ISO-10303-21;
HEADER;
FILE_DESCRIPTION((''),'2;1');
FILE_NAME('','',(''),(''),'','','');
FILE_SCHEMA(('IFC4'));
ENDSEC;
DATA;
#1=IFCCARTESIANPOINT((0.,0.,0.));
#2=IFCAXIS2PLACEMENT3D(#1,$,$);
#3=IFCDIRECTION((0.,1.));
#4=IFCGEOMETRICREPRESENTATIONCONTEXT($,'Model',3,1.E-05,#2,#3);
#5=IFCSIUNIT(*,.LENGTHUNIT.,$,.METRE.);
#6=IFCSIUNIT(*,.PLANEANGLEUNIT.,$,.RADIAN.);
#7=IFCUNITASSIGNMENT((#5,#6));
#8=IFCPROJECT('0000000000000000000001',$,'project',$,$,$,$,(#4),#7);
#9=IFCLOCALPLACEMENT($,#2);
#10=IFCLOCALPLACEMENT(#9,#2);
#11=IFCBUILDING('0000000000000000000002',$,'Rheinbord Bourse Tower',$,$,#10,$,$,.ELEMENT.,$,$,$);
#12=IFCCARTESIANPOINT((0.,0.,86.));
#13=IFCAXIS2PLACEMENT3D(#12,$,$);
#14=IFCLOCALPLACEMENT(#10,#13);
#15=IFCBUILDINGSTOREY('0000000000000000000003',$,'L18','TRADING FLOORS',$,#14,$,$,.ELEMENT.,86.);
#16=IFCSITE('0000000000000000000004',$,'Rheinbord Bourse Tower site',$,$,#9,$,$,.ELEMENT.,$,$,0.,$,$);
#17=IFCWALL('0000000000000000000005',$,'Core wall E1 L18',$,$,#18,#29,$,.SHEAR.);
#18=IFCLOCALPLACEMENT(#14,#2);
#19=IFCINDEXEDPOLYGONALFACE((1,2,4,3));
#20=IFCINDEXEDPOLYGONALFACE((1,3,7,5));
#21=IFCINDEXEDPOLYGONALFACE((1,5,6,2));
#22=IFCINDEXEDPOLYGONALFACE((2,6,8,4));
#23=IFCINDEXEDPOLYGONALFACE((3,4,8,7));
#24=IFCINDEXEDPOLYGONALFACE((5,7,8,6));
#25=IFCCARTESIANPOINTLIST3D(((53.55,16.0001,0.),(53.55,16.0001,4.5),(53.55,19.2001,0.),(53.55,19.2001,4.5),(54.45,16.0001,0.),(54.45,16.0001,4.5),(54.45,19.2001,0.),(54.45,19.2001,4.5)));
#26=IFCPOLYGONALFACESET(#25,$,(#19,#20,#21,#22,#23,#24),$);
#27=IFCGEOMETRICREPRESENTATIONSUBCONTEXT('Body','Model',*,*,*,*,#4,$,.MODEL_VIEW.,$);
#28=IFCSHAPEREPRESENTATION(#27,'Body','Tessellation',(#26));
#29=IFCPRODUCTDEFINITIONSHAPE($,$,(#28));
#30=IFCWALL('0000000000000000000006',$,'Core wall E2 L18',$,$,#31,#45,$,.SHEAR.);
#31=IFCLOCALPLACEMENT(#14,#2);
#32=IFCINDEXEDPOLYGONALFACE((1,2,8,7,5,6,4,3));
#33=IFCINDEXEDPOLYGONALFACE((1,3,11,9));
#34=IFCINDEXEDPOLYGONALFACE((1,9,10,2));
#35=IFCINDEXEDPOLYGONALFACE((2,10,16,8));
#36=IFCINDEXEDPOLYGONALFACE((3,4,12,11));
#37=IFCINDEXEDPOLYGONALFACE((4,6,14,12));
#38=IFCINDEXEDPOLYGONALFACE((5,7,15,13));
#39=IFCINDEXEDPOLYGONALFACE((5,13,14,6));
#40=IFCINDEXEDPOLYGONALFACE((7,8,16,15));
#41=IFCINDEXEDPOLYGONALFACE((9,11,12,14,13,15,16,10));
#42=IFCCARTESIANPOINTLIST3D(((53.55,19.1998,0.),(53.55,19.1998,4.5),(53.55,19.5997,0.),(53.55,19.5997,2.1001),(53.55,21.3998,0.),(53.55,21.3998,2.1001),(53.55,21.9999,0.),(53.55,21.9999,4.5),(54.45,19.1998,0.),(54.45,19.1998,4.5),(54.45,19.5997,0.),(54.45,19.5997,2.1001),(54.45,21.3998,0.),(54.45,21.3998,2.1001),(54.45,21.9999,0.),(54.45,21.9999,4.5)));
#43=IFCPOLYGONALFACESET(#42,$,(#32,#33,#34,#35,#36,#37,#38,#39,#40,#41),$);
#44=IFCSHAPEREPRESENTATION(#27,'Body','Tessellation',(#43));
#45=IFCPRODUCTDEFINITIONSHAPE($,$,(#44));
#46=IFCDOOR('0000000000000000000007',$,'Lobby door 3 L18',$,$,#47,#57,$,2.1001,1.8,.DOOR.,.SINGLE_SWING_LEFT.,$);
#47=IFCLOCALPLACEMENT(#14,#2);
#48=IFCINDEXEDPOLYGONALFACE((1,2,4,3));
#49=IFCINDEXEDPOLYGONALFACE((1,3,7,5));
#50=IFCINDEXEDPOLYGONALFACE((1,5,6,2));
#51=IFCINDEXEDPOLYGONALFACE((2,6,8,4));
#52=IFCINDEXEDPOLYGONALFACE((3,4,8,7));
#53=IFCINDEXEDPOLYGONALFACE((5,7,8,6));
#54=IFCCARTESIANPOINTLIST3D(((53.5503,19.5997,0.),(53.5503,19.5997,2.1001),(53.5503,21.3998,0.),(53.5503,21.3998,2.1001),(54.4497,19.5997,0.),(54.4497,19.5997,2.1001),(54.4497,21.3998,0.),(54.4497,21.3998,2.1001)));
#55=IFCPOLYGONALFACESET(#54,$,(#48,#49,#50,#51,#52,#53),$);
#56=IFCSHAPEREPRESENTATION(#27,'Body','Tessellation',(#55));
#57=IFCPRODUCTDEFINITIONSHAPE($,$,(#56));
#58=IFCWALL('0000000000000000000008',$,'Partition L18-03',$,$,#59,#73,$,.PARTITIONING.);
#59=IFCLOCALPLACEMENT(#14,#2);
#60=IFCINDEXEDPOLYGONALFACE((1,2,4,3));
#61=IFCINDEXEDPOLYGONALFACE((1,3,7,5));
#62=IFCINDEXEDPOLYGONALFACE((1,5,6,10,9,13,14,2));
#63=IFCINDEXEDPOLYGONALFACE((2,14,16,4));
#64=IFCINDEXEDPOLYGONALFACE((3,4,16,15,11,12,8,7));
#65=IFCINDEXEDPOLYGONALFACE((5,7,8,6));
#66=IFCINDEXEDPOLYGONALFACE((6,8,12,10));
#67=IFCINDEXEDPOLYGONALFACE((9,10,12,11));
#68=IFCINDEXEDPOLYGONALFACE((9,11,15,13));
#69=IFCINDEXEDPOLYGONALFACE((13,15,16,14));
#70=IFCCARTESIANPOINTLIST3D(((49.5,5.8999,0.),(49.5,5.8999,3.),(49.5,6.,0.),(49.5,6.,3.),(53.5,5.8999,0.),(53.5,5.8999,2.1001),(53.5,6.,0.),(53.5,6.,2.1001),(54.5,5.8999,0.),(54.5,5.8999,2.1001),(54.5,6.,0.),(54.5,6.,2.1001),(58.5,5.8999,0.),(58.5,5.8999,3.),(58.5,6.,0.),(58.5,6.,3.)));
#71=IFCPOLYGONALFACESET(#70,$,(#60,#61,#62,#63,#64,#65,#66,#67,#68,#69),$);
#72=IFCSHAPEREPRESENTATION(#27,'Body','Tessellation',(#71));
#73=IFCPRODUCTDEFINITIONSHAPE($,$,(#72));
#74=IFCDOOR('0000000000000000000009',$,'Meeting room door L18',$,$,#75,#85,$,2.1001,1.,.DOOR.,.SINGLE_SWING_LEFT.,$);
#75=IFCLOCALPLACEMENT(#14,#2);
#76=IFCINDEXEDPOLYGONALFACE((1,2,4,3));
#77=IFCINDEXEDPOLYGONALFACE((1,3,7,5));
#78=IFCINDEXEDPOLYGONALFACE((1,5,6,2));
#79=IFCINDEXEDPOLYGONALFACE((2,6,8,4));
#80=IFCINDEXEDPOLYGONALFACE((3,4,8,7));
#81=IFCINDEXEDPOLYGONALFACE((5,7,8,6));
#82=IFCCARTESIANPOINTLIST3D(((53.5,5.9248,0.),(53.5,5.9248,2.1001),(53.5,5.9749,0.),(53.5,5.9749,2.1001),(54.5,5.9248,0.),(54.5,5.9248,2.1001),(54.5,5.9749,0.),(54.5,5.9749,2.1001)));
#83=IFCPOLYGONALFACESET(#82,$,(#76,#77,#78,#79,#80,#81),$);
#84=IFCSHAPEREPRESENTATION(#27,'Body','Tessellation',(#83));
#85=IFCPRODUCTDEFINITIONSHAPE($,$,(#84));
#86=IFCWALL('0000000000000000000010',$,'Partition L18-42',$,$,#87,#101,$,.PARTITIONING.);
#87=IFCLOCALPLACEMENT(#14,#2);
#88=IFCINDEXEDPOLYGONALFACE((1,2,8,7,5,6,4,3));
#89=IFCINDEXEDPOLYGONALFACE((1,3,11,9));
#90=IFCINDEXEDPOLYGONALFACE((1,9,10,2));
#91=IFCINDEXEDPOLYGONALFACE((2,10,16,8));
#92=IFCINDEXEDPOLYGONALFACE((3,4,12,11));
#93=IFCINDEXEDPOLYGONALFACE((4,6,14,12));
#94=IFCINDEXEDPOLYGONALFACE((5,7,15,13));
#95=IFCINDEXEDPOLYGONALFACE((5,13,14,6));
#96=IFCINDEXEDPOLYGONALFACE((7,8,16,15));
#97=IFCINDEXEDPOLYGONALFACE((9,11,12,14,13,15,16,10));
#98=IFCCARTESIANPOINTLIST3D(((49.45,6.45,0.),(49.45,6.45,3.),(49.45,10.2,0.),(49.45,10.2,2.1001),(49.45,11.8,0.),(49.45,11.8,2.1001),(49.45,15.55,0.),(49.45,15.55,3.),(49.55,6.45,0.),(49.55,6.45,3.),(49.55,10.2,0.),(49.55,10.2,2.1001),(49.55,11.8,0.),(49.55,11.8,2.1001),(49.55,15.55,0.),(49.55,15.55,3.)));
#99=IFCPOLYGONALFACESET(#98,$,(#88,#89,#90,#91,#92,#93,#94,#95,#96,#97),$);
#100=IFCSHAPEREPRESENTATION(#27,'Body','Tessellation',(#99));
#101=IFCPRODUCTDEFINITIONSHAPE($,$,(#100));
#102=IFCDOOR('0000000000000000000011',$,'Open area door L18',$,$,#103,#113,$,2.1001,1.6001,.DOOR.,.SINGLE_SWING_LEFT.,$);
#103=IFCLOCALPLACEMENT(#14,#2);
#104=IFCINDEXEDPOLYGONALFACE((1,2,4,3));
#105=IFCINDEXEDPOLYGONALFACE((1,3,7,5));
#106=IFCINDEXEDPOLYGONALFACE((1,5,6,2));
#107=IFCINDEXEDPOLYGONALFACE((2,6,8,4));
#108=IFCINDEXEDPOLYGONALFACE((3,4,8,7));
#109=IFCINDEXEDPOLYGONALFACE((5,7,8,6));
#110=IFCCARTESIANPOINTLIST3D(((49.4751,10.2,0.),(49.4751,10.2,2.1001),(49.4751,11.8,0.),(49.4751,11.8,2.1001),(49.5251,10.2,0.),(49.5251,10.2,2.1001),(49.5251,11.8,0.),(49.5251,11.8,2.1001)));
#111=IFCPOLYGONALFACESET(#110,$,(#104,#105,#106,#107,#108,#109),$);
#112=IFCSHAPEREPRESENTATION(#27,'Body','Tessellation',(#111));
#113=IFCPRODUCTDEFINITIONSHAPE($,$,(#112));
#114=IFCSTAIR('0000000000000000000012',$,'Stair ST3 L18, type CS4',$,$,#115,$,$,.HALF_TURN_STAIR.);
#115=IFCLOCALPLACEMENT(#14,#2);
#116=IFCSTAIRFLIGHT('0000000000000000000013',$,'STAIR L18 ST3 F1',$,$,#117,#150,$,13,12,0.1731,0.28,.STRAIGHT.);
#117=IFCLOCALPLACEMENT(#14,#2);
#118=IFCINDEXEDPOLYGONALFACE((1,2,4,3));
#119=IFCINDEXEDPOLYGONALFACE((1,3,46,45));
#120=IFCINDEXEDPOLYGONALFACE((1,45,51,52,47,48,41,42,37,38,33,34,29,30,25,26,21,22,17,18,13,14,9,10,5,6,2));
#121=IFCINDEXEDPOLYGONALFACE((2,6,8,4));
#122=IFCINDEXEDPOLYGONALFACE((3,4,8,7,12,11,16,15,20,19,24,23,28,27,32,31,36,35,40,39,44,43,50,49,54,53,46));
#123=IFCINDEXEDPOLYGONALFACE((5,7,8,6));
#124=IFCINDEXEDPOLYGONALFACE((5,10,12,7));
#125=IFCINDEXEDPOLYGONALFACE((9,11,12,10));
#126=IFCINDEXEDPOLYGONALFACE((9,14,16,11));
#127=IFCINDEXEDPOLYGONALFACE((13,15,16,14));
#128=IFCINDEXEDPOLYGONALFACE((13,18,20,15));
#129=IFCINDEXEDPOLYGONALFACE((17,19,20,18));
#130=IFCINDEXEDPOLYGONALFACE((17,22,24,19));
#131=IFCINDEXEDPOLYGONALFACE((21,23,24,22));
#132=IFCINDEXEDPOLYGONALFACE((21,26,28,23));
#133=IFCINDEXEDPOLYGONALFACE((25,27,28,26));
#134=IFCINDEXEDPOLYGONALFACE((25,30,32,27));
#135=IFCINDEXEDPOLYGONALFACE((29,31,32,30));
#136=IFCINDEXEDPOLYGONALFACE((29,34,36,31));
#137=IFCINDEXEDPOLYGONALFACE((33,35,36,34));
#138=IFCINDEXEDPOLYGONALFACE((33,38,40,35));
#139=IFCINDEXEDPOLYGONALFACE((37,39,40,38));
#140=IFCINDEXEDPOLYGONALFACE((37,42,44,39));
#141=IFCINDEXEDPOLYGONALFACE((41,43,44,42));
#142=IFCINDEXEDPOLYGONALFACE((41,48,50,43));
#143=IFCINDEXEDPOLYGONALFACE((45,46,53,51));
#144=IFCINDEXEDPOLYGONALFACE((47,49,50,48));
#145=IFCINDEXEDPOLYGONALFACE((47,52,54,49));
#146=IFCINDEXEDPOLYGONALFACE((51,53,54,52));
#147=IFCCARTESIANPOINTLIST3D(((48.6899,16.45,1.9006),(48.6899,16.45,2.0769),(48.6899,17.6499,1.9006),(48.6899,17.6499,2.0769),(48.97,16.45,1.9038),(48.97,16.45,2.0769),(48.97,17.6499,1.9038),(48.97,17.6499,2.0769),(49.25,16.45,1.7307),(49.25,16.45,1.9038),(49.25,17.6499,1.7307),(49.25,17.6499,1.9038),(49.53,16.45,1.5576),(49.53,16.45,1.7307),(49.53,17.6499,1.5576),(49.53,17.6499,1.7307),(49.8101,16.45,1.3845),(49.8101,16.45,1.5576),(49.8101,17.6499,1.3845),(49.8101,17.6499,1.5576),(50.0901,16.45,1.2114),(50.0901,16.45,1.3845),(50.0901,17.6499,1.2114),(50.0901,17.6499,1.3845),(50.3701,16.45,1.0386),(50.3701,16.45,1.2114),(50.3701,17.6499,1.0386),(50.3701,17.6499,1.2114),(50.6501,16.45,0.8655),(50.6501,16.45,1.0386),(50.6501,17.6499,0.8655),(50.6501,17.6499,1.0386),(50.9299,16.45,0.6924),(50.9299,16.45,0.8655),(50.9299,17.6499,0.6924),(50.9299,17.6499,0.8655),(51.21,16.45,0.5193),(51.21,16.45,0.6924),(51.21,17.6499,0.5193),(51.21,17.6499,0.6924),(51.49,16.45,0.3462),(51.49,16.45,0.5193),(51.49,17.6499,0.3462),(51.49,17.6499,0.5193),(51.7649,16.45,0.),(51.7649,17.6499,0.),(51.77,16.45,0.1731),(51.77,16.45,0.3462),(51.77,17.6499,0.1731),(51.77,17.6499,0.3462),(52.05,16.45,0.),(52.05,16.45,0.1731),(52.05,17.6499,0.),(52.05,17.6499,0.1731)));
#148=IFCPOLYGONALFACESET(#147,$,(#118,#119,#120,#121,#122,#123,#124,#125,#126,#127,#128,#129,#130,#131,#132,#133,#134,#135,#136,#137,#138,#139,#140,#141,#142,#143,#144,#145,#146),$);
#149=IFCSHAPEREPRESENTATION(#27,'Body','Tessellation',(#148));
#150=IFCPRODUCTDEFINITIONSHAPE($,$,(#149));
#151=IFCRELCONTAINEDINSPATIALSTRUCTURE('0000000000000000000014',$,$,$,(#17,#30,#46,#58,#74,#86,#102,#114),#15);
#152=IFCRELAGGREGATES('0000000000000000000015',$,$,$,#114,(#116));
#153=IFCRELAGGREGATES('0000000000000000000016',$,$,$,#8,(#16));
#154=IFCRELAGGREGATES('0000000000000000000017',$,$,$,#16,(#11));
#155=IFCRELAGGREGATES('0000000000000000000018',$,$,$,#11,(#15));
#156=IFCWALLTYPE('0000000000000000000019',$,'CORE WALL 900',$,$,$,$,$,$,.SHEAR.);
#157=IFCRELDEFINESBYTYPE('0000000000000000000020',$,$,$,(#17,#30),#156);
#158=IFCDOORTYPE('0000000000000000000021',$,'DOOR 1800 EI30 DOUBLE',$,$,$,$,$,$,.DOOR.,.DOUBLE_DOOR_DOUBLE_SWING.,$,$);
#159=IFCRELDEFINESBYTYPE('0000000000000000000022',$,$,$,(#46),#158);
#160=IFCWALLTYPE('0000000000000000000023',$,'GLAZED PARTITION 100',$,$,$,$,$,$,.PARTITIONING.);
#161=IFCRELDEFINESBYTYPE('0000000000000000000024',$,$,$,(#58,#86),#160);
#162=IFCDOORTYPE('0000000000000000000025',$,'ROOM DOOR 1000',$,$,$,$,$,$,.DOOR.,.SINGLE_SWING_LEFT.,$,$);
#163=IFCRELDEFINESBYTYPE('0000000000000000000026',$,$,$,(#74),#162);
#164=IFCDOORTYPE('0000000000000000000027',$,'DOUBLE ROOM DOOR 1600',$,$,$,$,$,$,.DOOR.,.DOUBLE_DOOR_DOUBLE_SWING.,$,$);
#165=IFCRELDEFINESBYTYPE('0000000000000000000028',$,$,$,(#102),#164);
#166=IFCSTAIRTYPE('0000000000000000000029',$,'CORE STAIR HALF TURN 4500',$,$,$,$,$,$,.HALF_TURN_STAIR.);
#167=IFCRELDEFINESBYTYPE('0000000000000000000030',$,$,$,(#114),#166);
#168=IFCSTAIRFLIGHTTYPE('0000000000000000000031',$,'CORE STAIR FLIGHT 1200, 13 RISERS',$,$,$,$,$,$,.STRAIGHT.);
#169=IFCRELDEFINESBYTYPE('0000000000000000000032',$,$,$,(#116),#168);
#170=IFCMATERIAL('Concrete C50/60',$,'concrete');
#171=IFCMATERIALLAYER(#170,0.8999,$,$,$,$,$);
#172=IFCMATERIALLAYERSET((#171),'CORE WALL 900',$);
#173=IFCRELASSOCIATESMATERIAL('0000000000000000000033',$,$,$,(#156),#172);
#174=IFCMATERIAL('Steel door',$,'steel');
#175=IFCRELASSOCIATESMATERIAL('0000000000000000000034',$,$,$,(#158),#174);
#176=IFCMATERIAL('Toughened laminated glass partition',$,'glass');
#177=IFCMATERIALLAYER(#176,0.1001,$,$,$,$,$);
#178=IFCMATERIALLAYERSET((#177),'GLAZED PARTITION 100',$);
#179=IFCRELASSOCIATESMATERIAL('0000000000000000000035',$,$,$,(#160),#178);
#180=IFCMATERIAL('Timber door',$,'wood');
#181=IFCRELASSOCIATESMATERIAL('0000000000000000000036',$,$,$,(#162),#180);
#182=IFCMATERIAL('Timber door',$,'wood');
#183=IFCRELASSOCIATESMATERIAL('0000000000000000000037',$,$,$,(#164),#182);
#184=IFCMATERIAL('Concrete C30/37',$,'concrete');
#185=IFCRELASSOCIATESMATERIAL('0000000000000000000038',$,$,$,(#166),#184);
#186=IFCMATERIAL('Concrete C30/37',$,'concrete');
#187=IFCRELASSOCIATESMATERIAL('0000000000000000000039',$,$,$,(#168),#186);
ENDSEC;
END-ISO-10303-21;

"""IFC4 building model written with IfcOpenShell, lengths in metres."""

from ifc_helpers import new_model, si_unit, direction, frame, frame_2d, origin, place, context, subcontext, project, spatial, polyline, rectangle, outline, extrude, material, layer, layer_set, type_object, element, fill, aggregate, save


model = new_model("IFC4")

# Units and contexts
model_context = context("Model", 3, precision=1e-05, world=origin(), true_north=direction((0.0, 1.0)))
body_context = subcontext(model_context, "Body", "Model", "MODEL_VIEW")
ifc_project = project(units=[si_unit("LENGTHUNIT", "METRE"), si_unit("PLANEANGLEUNIT", "RADIAN")], contexts=[model_context])

# Site, building, storey
site_placement = place(None, origin())
site = spatial("IfcSite", under=ifc_project, at=site_placement, Name="Rheinbord Bourse Tower site", CompositionType="ELEMENT", RefElevation=0.0)
building_placement = place(site_placement, origin())
building = spatial("IfcBuilding", under=site, at=building_placement, Name="Rheinbord Bourse Tower", CompositionType="ELEMENT")
storey_placement = place(building_placement, frame((0.0, 0.0, 86.0)))
storey = spatial("IfcBuildingStorey", under=building, at=storey_placement, Name="L18", Description="TRADING FLOORS", CompositionType="ELEMENT", Elevation=86.0)

# Wall
ifc_material_1 = material(Name="Concrete C50/60", Category="concrete")
ifc_layer_1 = layer(ifc_material_1, 0.8999)
ifc_layer_set_1 = layer_set([ifc_layer_1], Name="CORE WALL 900")
wall_type_1 = type_object("IfcWallType", Name="CORE WALL 900", PredefinedType="SHEAR", material=ifc_layer_set_1)
wall_1_placement = place(storey_placement, frame((54.0, 16.0, 0.0), z_axis=(0.0, 0.0, 1.0), x_axis=(0.0, 1.0, 0.0)))
element("IfcWall", 1, at=wall_1_placement, inside=storey, type_object=wall_type_1, Name="Core wall E1 L18", PredefinedType="SHEAR", context=body_context, shape_type="SweptSolid", body=[
    extrude(rectangle(XDim=3.2, YDim=0.8999, at=frame_2d((1.6001, 0.0))), origin(), (0.0, 0.0, 1.0), 4.5),
])

# Walls, openings, doors
wall_2_placement = place(storey_placement, frame((54.0, 19.2, 0.0), z_axis=(0.0, 0.0, 1.0), x_axis=(0.0, 1.0, 0.0)))
wall_2 = element("IfcWall", 2, at=wall_2_placement, inside=storey, type_object=wall_type_1, Name="Core wall E2 L18", PredefinedType="SHEAR", context=body_context, shape_type="SweptSolid", body=[
    extrude(rectangle(XDim=2.8, YDim=0.8999, at=frame_2d((1.3999, 0.0))), origin(), (0.0, 0.0, 1.0), 4.5),
])
opening_1_placement = place(wall_2_placement, frame((0.3999, 0.0, 0.0)))
opening_1 = element("IfcOpeningElement", 3, at=opening_1_placement, cuts=wall_2, PredefinedType="OPENING", context=body_context, shape_type="SweptSolid", body=[
    extrude(rectangle(XDim=1.8, YDim=2.1001, at=frame_2d((0.8999, 1.05))), frame((0.0, 0.46, 0.0), z_axis=(0.0, -1.0, 0.0), x_axis=(1.0, 0.0, 0.0)), (0.0, 0.0, 1.0), 0.9199),
])
ifc_material_2 = material(Name="Steel door", Category="steel")
door_type_1 = type_object("IfcDoorType", Name="DOOR 1800 EI30 DOUBLE", OperationType="DOUBLE_DOOR_DOUBLE_SWING", PredefinedType="DOOR", material=ifc_material_2)
door_1_placement = place(opening_1_placement, origin())
door_1 = element("IfcDoor", 4, at=door_1_placement, inside=storey, type_object=door_type_1, Name="Lobby door 3 L18", OperationType="SINGLE_SWING_LEFT", OverallHeight=2.1001, OverallWidth=1.8, PredefinedType="DOOR", context=body_context, shape_type="SweptSolid", body=[
    extrude(rectangle(XDim=1.8, YDim=2.1001, at=frame_2d((0.8999, 1.05))), frame((0.0, 0.4497, 0.0), z_axis=(0.0, -1.0, 0.0), x_axis=(1.0, 0.0, 0.0)), (0.0, 0.0, 1.0), 0.8994),
])
fill(opening_1, door_1)
ifc_material_3 = material(Name="Toughened laminated glass partition", Category="glass")
ifc_layer_2 = layer(ifc_material_3, 0.1001)
ifc_layer_set_2 = layer_set([ifc_layer_2], Name="GLAZED PARTITION 100")
wall_type_2 = type_object("IfcWallType", Name="GLAZED PARTITION 100", PredefinedType="PARTITIONING", material=ifc_layer_set_2)
wall_3_placement = place(storey_placement, frame((49.5, 5.95, 0.0), z_axis=(0.0, 0.0, 1.0), x_axis=(1.0, 0.0, 0.0)))
wall_3 = element("IfcWall", 5, at=wall_3_placement, inside=storey, type_object=wall_type_2, Name="Partition L18-03", PredefinedType="PARTITIONING", context=body_context, shape_type="SweptSolid", body=[
    extrude(rectangle(XDim=9.0, YDim=0.1001, at=frame_2d((4.5, 0.0))), origin(), (0.0, 0.0, 1.0), 3.0),
])
opening_2_placement = place(wall_3_placement, frame((4.0, 0.0, 0.0)))
opening_2 = element("IfcOpeningElement", 6, at=opening_2_placement, cuts=wall_3, PredefinedType="OPENING", context=body_context, shape_type="SweptSolid", body=[
    extrude(rectangle(XDim=1.0, YDim=2.1001, at=frame_2d((0.5, 1.05))), frame((0.0, 0.0601, 0.0), z_axis=(0.0, -1.0, 0.0), x_axis=(1.0, 0.0, 0.0)), (0.0, 0.0, 1.0), 0.1201),
])
ifc_material_4 = material(Name="Timber door", Category="wood")
door_type_2 = type_object("IfcDoorType", Name="ROOM DOOR 1000", OperationType="SINGLE_SWING_LEFT", PredefinedType="DOOR", material=ifc_material_4)
door_2_placement = place(opening_2_placement, origin())
door_2 = element("IfcDoor", 7, at=door_2_placement, inside=storey, type_object=door_type_2, Name="Meeting room door L18", OperationType="SINGLE_SWING_LEFT", OverallHeight=2.1001, OverallWidth=1.0, PredefinedType="DOOR", context=body_context, shape_type="SweptSolid", body=[
    extrude(rectangle(XDim=1.0, YDim=2.1001, at=frame_2d((0.5, 1.05))), frame((0.0, 0.0249, 0.0), z_axis=(0.0, -1.0, 0.0), x_axis=(1.0, 0.0, 0.0)), (0.0, 0.0, 1.0), 0.05),
])
fill(opening_2, door_2)
wall_4_placement = place(storey_placement, frame((49.5, 6.45, 0.0), z_axis=(0.0, 0.0, 1.0), x_axis=(0.0, 1.0, 0.0)))
wall_4 = element("IfcWall", 8, at=wall_4_placement, inside=storey, type_object=wall_type_2, Name="Partition L18-42", PredefinedType="PARTITIONING", context=body_context, shape_type="SweptSolid", body=[
    extrude(rectangle(XDim=9.1001, YDim=0.1001, at=frame_2d((4.55, 0.0))), origin(), (0.0, 0.0, 1.0), 3.0),
])
opening_3_placement = place(wall_4_placement, frame((3.75, 0.0, 0.0)))
opening_3 = element("IfcOpeningElement", 9, at=opening_3_placement, cuts=wall_4, PredefinedType="OPENING", context=body_context, shape_type="SweptSolid", body=[
    extrude(rectangle(XDim=1.6001, YDim=2.1001, at=frame_2d((0.8, 1.05))), frame((0.0, 0.0601, 0.0), z_axis=(0.0, -1.0, 0.0), x_axis=(1.0, 0.0, 0.0)), (0.0, 0.0, 1.0), 0.1201),
])
ifc_material_5 = material(Name="Timber door", Category="wood")
door_type_3 = type_object("IfcDoorType", Name="DOUBLE ROOM DOOR 1600", OperationType="DOUBLE_DOOR_DOUBLE_SWING", PredefinedType="DOOR", material=ifc_material_5)
door_3_placement = place(opening_3_placement, origin())
door_3 = element("IfcDoor", 10, at=door_3_placement, inside=storey, type_object=door_type_3, Name="Open area door L18", OperationType="SINGLE_SWING_LEFT", OverallHeight=2.1001, OverallWidth=1.6001, PredefinedType="DOOR", context=body_context, shape_type="SweptSolid", body=[
    extrude(rectangle(XDim=1.6001, YDim=2.1001, at=frame_2d((0.8, 1.05))), frame((0.0, 0.0249, 0.0), z_axis=(0.0, -1.0, 0.0), x_axis=(1.0, 0.0, 0.0)), (0.0, 0.0, 1.0), 0.05),
])
fill(opening_3, door_3)

# Stair, stair flight
ifc_material_6 = material(Name="Concrete C30/37", Category="concrete")
stair_type = type_object("IfcStairType", Name="CORE STAIR HALF TURN 4500", PredefinedType="HALF_TURN_STAIR", material=ifc_material_6)
stair_placement = place(storey_placement, origin())
stair = element("IfcStair", 11, at=stair_placement, inside=storey, type_object=stair_type, Name="Stair ST3 L18, type CS4", PredefinedType="HALF_TURN_STAIR")
ifc_material_7 = material(Name="Concrete C30/37", Category="concrete")
stair_flight_type = type_object("IfcStairFlightType", Name="CORE STAIR FLIGHT 1200, 13 RISERS", PredefinedType="STRAIGHT", material=ifc_material_7)
stair_flight_1_placement = place(storey_placement, frame((52.05, 17.05, 0.0), z_axis=(0.0, 0.0, 1.0), x_axis=(-1.0, 0.0, 0.0)))
stair_flight_1 = element("IfcStairFlight", 12, at=stair_flight_1_placement, type_object=stair_flight_type, Name="STAIR L18 ST3 F1", NumberOfRisers=13, NumberOfTreads=12, PredefinedType="STRAIGHT", RiserHeight=0.1731, TreadLength=0.28, context=body_context, shape_type="SweptSolid", body=[
    extrude(outline(polyline([(0.0, 0.0), (0.0, 0.1731), (0.28, 0.1731), (0.28, 0.3462), (0.5601, 0.3462), (0.5601, 0.5193), (0.8401, 0.5193), (0.8401, 0.6924), (1.1201, 0.6924), (1.1201, 0.8655), (1.3999, 0.8655), (1.3999, 1.0386), (1.6799, 1.0386), (1.6799, 1.2114), (1.96, 1.2114), (1.96, 1.3845), (2.24, 1.3845), (2.24, 1.5576), (2.52, 1.5576), (2.52, 1.7307), (2.8, 1.7307), (2.8, 1.9038), (3.0801, 1.9038), (3.0801, 2.0769), (3.3601, 2.0769), (3.3601, 2.25), (3.3601, 1.9006), (0.2852, 0.0), (0.0, 0.0)])), frame((0.0, 0.6001, 0.0), z_axis=(0.0, -1.0, 0.0), x_axis=(1.0, 0.0, 0.0)), (0.0, 0.0, 1.0), 1.2),
])
aggregate(stair, [stair_flight_1])

save(model, "model.ifc")
